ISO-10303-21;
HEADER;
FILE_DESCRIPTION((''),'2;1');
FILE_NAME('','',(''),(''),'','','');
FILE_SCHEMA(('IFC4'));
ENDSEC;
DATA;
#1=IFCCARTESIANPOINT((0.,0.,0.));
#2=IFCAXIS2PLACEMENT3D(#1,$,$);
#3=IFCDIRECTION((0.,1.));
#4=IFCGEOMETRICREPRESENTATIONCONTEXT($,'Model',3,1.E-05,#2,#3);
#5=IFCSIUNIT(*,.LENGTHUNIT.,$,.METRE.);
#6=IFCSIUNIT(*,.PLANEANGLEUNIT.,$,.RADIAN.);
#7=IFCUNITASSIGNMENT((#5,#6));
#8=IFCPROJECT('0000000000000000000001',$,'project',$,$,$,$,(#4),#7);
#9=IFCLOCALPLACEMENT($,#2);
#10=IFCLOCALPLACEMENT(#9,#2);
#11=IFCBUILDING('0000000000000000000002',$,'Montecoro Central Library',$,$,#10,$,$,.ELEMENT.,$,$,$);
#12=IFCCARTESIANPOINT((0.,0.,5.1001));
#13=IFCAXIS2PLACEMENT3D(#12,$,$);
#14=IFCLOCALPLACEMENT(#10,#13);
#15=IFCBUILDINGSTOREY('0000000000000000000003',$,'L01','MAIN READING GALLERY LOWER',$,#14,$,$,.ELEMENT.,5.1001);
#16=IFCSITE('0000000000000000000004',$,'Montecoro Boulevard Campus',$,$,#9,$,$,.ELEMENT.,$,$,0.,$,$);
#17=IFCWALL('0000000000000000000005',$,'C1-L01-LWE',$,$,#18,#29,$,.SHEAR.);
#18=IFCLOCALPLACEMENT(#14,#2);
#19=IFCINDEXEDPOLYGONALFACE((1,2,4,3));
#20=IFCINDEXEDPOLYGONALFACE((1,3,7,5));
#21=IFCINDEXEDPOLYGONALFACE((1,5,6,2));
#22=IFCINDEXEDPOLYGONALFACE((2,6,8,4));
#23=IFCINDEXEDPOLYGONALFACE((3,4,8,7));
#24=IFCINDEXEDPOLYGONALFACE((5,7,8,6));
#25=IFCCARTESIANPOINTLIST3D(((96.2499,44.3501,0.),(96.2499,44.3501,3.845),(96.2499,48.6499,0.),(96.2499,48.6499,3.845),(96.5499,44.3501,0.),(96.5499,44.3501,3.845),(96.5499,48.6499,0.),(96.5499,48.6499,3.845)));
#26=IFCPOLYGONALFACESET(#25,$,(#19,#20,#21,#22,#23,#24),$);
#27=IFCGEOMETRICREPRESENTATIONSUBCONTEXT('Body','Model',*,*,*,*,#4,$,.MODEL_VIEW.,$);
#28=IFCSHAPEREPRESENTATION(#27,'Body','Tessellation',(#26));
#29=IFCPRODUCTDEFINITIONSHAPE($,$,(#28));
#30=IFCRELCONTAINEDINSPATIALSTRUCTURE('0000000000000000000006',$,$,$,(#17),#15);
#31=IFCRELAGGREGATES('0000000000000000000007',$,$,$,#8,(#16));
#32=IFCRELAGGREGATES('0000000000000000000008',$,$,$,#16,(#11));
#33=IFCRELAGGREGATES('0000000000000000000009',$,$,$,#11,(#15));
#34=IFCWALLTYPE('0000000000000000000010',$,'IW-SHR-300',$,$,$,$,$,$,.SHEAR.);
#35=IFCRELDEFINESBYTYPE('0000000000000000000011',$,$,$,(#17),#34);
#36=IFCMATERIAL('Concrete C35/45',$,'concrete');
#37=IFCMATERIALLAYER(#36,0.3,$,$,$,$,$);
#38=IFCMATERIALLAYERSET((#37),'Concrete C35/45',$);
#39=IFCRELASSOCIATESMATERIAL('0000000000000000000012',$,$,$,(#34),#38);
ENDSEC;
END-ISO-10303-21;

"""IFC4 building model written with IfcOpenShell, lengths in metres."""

from ifc_helpers import new_model, si_unit, direction, frame, frame_2d, origin, place, context, subcontext, project, spatial, rectangle, extrude, material, layer, layer_set, type_object, element, save


model = new_model("IFC4")

# Units and contexts
model_context = context("Model", 3, precision=1e-05, world=origin(), true_north=direction((0.0, 1.0)))
body_context = subcontext(model_context, "Body", "Model", "MODEL_VIEW")
ifc_project = project(units=[si_unit("LENGTHUNIT", "METRE"), si_unit("PLANEANGLEUNIT", "RADIAN")], contexts=[model_context])

# Site, building, storey
site_placement = place(None, origin())
site = spatial("IfcSite", under=ifc_project, at=site_placement, Name="Montecoro Boulevard Campus", CompositionType="ELEMENT", RefElevation=0.0)
building_placement = place(site_placement, origin())
building = spatial("IfcBuilding", under=site, at=building_placement, Name="Montecoro Central Library", CompositionType="ELEMENT")
storey_placement = place(building_placement, frame((0.0, 0.0, 5.1001)))
storey = spatial("IfcBuildingStorey", under=building, at=storey_placement, Name="L01", Description="MAIN READING GALLERY LOWER", CompositionType="ELEMENT", Elevation=5.1001)

# Wall
ifc_material_1 = material(Name="Concrete C35/45", Category="concrete")
ifc_layer_1 = layer(ifc_material_1, 0.3)
ifc_layer_set_1 = layer_set([ifc_layer_1], Name="Concrete C35/45")
wall_type_1 = type_object("IfcWallType", Name="IW-SHR-300", PredefinedType="SHEAR", material=ifc_layer_set_1)
wall_1_placement = place(storey_placement, frame((96.3999, 44.3501, 0.0), z_axis=(0.0, 0.0, 1.0), x_axis=(0.0, 1.0, 0.0)))
element("IfcWall", 1, at=wall_1_placement, inside=storey, type_object=wall_type_1, Name="C1-L01-LWE", PredefinedType="SHEAR", context=body_context, shape_type="SweptSolid", body=[
    extrude(rectangle(XDim=4.2998, YDim=0.3, at=frame_2d((2.1499, 0.0))), origin(), (0.0, 0.0, 1.0), 3.845),
])

save(model, "model.ifc")
